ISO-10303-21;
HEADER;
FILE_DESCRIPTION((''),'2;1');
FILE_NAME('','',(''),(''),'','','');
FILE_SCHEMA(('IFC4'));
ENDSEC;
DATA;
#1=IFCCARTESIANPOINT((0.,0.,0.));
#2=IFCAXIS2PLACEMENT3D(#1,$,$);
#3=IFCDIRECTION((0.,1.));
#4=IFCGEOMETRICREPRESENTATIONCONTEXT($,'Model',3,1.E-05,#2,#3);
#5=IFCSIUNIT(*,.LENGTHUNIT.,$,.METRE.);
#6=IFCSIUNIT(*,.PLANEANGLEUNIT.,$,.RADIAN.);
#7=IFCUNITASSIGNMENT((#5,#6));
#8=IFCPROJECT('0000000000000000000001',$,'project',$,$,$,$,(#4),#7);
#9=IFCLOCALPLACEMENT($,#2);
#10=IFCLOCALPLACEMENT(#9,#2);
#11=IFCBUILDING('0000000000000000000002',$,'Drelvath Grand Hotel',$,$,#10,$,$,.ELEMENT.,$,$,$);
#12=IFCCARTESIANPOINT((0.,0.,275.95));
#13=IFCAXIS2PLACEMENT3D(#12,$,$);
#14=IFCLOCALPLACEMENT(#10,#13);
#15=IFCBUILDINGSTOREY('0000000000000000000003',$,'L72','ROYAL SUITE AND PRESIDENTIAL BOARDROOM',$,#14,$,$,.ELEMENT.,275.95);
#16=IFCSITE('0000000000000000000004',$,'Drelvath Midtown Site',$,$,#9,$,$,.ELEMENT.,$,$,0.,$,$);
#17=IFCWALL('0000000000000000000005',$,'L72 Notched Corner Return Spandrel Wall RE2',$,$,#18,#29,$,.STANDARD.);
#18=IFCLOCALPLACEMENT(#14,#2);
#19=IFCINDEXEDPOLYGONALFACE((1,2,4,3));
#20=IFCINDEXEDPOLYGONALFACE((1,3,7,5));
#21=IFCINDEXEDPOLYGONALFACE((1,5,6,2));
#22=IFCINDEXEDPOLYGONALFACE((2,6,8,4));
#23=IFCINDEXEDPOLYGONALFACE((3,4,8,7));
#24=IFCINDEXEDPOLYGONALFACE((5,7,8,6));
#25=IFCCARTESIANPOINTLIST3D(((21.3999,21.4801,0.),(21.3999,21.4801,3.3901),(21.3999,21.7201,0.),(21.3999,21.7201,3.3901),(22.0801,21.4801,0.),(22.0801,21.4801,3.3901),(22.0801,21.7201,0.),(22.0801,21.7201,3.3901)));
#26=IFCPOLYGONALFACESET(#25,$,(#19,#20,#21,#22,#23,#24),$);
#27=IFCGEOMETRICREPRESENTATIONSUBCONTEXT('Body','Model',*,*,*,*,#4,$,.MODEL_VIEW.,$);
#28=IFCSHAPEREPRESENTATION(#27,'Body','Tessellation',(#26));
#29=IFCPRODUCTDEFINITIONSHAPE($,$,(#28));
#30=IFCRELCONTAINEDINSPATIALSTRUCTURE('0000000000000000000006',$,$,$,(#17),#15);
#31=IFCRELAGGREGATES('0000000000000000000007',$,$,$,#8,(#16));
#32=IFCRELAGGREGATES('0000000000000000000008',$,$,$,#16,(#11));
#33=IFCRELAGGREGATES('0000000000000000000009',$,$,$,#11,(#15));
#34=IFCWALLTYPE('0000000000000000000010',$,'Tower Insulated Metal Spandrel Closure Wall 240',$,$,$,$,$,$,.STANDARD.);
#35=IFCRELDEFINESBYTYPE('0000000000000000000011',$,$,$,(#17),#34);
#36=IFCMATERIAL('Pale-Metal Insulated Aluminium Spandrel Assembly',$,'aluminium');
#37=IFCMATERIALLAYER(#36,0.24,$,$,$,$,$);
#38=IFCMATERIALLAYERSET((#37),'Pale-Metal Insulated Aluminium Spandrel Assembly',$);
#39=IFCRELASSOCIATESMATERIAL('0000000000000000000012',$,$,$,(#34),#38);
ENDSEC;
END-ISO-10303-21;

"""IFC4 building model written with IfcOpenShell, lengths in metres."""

from ifc_helpers import new_model, si_unit, direction, frame, frame_2d, origin, place, context, subcontext, project, spatial, rectangle, extrude, material, layer, layer_set, type_object, element, save


model = new_model("IFC4")

# Units and contexts
model_context = context("Model", 3, precision=1e-05, world=origin(), true_north=direction((0.0, 1.0)))
body_context = subcontext(model_context, "Body", "Model", "MODEL_VIEW")
ifc_project = project(units=[si_unit("LENGTHUNIT", "METRE"), si_unit("PLANEANGLEUNIT", "RADIAN")], contexts=[model_context])

# Site, building, storey
site_placement = place(None, origin())
site = spatial("IfcSite", under=ifc_project, at=site_placement, Name="Drelvath Midtown Site", CompositionType="ELEMENT", RefElevation=0.0)
building_placement = place(site_placement, origin())
building = spatial("IfcBuilding", under=site, at=building_placement, Name="Drelvath Grand Hotel", CompositionType="ELEMENT")
storey_placement = place(building_placement, frame((0.0, 0.0, 275.95)))
storey = spatial("IfcBuildingStorey", under=building, at=storey_placement, Name="L72", Description="ROYAL SUITE AND PRESIDENTIAL BOARDROOM", CompositionType="ELEMENT", Elevation=275.95)

# Wall
ifc_material_1 = material(Name="Pale-Metal Insulated Aluminium Spandrel Assembly", Category="aluminium")
ifc_layer_1 = layer(ifc_material_1, 0.24)
ifc_layer_set_1 = layer_set([ifc_layer_1], Name="Pale-Metal Insulated Aluminium Spandrel Assembly")
wall_type_1 = type_object("IfcWallType", Name="Tower Insulated Metal Spandrel Closure Wall 240", PredefinedType="STANDARD", material=ifc_layer_set_1)
wall_1_placement = place(storey_placement, frame((21.3999, 21.6001, 0.0), z_axis=(0.0, 0.0, 1.0), x_axis=(1.0, 0.0, 0.0)))
element("IfcWall", 1, at=wall_1_placement, inside=storey, type_object=wall_type_1, Name="L72 Notched Corner Return Spandrel Wall RE2", PredefinedType="STANDARD", context=body_context, shape_type="SweptSolid", body=[
    extrude(rectangle(XDim=0.6802, YDim=0.24, at=frame_2d((0.3401, 0.0))), origin(), (0.0, 0.0, 1.0), 3.3901),
])

save(model, "model.ifc")
